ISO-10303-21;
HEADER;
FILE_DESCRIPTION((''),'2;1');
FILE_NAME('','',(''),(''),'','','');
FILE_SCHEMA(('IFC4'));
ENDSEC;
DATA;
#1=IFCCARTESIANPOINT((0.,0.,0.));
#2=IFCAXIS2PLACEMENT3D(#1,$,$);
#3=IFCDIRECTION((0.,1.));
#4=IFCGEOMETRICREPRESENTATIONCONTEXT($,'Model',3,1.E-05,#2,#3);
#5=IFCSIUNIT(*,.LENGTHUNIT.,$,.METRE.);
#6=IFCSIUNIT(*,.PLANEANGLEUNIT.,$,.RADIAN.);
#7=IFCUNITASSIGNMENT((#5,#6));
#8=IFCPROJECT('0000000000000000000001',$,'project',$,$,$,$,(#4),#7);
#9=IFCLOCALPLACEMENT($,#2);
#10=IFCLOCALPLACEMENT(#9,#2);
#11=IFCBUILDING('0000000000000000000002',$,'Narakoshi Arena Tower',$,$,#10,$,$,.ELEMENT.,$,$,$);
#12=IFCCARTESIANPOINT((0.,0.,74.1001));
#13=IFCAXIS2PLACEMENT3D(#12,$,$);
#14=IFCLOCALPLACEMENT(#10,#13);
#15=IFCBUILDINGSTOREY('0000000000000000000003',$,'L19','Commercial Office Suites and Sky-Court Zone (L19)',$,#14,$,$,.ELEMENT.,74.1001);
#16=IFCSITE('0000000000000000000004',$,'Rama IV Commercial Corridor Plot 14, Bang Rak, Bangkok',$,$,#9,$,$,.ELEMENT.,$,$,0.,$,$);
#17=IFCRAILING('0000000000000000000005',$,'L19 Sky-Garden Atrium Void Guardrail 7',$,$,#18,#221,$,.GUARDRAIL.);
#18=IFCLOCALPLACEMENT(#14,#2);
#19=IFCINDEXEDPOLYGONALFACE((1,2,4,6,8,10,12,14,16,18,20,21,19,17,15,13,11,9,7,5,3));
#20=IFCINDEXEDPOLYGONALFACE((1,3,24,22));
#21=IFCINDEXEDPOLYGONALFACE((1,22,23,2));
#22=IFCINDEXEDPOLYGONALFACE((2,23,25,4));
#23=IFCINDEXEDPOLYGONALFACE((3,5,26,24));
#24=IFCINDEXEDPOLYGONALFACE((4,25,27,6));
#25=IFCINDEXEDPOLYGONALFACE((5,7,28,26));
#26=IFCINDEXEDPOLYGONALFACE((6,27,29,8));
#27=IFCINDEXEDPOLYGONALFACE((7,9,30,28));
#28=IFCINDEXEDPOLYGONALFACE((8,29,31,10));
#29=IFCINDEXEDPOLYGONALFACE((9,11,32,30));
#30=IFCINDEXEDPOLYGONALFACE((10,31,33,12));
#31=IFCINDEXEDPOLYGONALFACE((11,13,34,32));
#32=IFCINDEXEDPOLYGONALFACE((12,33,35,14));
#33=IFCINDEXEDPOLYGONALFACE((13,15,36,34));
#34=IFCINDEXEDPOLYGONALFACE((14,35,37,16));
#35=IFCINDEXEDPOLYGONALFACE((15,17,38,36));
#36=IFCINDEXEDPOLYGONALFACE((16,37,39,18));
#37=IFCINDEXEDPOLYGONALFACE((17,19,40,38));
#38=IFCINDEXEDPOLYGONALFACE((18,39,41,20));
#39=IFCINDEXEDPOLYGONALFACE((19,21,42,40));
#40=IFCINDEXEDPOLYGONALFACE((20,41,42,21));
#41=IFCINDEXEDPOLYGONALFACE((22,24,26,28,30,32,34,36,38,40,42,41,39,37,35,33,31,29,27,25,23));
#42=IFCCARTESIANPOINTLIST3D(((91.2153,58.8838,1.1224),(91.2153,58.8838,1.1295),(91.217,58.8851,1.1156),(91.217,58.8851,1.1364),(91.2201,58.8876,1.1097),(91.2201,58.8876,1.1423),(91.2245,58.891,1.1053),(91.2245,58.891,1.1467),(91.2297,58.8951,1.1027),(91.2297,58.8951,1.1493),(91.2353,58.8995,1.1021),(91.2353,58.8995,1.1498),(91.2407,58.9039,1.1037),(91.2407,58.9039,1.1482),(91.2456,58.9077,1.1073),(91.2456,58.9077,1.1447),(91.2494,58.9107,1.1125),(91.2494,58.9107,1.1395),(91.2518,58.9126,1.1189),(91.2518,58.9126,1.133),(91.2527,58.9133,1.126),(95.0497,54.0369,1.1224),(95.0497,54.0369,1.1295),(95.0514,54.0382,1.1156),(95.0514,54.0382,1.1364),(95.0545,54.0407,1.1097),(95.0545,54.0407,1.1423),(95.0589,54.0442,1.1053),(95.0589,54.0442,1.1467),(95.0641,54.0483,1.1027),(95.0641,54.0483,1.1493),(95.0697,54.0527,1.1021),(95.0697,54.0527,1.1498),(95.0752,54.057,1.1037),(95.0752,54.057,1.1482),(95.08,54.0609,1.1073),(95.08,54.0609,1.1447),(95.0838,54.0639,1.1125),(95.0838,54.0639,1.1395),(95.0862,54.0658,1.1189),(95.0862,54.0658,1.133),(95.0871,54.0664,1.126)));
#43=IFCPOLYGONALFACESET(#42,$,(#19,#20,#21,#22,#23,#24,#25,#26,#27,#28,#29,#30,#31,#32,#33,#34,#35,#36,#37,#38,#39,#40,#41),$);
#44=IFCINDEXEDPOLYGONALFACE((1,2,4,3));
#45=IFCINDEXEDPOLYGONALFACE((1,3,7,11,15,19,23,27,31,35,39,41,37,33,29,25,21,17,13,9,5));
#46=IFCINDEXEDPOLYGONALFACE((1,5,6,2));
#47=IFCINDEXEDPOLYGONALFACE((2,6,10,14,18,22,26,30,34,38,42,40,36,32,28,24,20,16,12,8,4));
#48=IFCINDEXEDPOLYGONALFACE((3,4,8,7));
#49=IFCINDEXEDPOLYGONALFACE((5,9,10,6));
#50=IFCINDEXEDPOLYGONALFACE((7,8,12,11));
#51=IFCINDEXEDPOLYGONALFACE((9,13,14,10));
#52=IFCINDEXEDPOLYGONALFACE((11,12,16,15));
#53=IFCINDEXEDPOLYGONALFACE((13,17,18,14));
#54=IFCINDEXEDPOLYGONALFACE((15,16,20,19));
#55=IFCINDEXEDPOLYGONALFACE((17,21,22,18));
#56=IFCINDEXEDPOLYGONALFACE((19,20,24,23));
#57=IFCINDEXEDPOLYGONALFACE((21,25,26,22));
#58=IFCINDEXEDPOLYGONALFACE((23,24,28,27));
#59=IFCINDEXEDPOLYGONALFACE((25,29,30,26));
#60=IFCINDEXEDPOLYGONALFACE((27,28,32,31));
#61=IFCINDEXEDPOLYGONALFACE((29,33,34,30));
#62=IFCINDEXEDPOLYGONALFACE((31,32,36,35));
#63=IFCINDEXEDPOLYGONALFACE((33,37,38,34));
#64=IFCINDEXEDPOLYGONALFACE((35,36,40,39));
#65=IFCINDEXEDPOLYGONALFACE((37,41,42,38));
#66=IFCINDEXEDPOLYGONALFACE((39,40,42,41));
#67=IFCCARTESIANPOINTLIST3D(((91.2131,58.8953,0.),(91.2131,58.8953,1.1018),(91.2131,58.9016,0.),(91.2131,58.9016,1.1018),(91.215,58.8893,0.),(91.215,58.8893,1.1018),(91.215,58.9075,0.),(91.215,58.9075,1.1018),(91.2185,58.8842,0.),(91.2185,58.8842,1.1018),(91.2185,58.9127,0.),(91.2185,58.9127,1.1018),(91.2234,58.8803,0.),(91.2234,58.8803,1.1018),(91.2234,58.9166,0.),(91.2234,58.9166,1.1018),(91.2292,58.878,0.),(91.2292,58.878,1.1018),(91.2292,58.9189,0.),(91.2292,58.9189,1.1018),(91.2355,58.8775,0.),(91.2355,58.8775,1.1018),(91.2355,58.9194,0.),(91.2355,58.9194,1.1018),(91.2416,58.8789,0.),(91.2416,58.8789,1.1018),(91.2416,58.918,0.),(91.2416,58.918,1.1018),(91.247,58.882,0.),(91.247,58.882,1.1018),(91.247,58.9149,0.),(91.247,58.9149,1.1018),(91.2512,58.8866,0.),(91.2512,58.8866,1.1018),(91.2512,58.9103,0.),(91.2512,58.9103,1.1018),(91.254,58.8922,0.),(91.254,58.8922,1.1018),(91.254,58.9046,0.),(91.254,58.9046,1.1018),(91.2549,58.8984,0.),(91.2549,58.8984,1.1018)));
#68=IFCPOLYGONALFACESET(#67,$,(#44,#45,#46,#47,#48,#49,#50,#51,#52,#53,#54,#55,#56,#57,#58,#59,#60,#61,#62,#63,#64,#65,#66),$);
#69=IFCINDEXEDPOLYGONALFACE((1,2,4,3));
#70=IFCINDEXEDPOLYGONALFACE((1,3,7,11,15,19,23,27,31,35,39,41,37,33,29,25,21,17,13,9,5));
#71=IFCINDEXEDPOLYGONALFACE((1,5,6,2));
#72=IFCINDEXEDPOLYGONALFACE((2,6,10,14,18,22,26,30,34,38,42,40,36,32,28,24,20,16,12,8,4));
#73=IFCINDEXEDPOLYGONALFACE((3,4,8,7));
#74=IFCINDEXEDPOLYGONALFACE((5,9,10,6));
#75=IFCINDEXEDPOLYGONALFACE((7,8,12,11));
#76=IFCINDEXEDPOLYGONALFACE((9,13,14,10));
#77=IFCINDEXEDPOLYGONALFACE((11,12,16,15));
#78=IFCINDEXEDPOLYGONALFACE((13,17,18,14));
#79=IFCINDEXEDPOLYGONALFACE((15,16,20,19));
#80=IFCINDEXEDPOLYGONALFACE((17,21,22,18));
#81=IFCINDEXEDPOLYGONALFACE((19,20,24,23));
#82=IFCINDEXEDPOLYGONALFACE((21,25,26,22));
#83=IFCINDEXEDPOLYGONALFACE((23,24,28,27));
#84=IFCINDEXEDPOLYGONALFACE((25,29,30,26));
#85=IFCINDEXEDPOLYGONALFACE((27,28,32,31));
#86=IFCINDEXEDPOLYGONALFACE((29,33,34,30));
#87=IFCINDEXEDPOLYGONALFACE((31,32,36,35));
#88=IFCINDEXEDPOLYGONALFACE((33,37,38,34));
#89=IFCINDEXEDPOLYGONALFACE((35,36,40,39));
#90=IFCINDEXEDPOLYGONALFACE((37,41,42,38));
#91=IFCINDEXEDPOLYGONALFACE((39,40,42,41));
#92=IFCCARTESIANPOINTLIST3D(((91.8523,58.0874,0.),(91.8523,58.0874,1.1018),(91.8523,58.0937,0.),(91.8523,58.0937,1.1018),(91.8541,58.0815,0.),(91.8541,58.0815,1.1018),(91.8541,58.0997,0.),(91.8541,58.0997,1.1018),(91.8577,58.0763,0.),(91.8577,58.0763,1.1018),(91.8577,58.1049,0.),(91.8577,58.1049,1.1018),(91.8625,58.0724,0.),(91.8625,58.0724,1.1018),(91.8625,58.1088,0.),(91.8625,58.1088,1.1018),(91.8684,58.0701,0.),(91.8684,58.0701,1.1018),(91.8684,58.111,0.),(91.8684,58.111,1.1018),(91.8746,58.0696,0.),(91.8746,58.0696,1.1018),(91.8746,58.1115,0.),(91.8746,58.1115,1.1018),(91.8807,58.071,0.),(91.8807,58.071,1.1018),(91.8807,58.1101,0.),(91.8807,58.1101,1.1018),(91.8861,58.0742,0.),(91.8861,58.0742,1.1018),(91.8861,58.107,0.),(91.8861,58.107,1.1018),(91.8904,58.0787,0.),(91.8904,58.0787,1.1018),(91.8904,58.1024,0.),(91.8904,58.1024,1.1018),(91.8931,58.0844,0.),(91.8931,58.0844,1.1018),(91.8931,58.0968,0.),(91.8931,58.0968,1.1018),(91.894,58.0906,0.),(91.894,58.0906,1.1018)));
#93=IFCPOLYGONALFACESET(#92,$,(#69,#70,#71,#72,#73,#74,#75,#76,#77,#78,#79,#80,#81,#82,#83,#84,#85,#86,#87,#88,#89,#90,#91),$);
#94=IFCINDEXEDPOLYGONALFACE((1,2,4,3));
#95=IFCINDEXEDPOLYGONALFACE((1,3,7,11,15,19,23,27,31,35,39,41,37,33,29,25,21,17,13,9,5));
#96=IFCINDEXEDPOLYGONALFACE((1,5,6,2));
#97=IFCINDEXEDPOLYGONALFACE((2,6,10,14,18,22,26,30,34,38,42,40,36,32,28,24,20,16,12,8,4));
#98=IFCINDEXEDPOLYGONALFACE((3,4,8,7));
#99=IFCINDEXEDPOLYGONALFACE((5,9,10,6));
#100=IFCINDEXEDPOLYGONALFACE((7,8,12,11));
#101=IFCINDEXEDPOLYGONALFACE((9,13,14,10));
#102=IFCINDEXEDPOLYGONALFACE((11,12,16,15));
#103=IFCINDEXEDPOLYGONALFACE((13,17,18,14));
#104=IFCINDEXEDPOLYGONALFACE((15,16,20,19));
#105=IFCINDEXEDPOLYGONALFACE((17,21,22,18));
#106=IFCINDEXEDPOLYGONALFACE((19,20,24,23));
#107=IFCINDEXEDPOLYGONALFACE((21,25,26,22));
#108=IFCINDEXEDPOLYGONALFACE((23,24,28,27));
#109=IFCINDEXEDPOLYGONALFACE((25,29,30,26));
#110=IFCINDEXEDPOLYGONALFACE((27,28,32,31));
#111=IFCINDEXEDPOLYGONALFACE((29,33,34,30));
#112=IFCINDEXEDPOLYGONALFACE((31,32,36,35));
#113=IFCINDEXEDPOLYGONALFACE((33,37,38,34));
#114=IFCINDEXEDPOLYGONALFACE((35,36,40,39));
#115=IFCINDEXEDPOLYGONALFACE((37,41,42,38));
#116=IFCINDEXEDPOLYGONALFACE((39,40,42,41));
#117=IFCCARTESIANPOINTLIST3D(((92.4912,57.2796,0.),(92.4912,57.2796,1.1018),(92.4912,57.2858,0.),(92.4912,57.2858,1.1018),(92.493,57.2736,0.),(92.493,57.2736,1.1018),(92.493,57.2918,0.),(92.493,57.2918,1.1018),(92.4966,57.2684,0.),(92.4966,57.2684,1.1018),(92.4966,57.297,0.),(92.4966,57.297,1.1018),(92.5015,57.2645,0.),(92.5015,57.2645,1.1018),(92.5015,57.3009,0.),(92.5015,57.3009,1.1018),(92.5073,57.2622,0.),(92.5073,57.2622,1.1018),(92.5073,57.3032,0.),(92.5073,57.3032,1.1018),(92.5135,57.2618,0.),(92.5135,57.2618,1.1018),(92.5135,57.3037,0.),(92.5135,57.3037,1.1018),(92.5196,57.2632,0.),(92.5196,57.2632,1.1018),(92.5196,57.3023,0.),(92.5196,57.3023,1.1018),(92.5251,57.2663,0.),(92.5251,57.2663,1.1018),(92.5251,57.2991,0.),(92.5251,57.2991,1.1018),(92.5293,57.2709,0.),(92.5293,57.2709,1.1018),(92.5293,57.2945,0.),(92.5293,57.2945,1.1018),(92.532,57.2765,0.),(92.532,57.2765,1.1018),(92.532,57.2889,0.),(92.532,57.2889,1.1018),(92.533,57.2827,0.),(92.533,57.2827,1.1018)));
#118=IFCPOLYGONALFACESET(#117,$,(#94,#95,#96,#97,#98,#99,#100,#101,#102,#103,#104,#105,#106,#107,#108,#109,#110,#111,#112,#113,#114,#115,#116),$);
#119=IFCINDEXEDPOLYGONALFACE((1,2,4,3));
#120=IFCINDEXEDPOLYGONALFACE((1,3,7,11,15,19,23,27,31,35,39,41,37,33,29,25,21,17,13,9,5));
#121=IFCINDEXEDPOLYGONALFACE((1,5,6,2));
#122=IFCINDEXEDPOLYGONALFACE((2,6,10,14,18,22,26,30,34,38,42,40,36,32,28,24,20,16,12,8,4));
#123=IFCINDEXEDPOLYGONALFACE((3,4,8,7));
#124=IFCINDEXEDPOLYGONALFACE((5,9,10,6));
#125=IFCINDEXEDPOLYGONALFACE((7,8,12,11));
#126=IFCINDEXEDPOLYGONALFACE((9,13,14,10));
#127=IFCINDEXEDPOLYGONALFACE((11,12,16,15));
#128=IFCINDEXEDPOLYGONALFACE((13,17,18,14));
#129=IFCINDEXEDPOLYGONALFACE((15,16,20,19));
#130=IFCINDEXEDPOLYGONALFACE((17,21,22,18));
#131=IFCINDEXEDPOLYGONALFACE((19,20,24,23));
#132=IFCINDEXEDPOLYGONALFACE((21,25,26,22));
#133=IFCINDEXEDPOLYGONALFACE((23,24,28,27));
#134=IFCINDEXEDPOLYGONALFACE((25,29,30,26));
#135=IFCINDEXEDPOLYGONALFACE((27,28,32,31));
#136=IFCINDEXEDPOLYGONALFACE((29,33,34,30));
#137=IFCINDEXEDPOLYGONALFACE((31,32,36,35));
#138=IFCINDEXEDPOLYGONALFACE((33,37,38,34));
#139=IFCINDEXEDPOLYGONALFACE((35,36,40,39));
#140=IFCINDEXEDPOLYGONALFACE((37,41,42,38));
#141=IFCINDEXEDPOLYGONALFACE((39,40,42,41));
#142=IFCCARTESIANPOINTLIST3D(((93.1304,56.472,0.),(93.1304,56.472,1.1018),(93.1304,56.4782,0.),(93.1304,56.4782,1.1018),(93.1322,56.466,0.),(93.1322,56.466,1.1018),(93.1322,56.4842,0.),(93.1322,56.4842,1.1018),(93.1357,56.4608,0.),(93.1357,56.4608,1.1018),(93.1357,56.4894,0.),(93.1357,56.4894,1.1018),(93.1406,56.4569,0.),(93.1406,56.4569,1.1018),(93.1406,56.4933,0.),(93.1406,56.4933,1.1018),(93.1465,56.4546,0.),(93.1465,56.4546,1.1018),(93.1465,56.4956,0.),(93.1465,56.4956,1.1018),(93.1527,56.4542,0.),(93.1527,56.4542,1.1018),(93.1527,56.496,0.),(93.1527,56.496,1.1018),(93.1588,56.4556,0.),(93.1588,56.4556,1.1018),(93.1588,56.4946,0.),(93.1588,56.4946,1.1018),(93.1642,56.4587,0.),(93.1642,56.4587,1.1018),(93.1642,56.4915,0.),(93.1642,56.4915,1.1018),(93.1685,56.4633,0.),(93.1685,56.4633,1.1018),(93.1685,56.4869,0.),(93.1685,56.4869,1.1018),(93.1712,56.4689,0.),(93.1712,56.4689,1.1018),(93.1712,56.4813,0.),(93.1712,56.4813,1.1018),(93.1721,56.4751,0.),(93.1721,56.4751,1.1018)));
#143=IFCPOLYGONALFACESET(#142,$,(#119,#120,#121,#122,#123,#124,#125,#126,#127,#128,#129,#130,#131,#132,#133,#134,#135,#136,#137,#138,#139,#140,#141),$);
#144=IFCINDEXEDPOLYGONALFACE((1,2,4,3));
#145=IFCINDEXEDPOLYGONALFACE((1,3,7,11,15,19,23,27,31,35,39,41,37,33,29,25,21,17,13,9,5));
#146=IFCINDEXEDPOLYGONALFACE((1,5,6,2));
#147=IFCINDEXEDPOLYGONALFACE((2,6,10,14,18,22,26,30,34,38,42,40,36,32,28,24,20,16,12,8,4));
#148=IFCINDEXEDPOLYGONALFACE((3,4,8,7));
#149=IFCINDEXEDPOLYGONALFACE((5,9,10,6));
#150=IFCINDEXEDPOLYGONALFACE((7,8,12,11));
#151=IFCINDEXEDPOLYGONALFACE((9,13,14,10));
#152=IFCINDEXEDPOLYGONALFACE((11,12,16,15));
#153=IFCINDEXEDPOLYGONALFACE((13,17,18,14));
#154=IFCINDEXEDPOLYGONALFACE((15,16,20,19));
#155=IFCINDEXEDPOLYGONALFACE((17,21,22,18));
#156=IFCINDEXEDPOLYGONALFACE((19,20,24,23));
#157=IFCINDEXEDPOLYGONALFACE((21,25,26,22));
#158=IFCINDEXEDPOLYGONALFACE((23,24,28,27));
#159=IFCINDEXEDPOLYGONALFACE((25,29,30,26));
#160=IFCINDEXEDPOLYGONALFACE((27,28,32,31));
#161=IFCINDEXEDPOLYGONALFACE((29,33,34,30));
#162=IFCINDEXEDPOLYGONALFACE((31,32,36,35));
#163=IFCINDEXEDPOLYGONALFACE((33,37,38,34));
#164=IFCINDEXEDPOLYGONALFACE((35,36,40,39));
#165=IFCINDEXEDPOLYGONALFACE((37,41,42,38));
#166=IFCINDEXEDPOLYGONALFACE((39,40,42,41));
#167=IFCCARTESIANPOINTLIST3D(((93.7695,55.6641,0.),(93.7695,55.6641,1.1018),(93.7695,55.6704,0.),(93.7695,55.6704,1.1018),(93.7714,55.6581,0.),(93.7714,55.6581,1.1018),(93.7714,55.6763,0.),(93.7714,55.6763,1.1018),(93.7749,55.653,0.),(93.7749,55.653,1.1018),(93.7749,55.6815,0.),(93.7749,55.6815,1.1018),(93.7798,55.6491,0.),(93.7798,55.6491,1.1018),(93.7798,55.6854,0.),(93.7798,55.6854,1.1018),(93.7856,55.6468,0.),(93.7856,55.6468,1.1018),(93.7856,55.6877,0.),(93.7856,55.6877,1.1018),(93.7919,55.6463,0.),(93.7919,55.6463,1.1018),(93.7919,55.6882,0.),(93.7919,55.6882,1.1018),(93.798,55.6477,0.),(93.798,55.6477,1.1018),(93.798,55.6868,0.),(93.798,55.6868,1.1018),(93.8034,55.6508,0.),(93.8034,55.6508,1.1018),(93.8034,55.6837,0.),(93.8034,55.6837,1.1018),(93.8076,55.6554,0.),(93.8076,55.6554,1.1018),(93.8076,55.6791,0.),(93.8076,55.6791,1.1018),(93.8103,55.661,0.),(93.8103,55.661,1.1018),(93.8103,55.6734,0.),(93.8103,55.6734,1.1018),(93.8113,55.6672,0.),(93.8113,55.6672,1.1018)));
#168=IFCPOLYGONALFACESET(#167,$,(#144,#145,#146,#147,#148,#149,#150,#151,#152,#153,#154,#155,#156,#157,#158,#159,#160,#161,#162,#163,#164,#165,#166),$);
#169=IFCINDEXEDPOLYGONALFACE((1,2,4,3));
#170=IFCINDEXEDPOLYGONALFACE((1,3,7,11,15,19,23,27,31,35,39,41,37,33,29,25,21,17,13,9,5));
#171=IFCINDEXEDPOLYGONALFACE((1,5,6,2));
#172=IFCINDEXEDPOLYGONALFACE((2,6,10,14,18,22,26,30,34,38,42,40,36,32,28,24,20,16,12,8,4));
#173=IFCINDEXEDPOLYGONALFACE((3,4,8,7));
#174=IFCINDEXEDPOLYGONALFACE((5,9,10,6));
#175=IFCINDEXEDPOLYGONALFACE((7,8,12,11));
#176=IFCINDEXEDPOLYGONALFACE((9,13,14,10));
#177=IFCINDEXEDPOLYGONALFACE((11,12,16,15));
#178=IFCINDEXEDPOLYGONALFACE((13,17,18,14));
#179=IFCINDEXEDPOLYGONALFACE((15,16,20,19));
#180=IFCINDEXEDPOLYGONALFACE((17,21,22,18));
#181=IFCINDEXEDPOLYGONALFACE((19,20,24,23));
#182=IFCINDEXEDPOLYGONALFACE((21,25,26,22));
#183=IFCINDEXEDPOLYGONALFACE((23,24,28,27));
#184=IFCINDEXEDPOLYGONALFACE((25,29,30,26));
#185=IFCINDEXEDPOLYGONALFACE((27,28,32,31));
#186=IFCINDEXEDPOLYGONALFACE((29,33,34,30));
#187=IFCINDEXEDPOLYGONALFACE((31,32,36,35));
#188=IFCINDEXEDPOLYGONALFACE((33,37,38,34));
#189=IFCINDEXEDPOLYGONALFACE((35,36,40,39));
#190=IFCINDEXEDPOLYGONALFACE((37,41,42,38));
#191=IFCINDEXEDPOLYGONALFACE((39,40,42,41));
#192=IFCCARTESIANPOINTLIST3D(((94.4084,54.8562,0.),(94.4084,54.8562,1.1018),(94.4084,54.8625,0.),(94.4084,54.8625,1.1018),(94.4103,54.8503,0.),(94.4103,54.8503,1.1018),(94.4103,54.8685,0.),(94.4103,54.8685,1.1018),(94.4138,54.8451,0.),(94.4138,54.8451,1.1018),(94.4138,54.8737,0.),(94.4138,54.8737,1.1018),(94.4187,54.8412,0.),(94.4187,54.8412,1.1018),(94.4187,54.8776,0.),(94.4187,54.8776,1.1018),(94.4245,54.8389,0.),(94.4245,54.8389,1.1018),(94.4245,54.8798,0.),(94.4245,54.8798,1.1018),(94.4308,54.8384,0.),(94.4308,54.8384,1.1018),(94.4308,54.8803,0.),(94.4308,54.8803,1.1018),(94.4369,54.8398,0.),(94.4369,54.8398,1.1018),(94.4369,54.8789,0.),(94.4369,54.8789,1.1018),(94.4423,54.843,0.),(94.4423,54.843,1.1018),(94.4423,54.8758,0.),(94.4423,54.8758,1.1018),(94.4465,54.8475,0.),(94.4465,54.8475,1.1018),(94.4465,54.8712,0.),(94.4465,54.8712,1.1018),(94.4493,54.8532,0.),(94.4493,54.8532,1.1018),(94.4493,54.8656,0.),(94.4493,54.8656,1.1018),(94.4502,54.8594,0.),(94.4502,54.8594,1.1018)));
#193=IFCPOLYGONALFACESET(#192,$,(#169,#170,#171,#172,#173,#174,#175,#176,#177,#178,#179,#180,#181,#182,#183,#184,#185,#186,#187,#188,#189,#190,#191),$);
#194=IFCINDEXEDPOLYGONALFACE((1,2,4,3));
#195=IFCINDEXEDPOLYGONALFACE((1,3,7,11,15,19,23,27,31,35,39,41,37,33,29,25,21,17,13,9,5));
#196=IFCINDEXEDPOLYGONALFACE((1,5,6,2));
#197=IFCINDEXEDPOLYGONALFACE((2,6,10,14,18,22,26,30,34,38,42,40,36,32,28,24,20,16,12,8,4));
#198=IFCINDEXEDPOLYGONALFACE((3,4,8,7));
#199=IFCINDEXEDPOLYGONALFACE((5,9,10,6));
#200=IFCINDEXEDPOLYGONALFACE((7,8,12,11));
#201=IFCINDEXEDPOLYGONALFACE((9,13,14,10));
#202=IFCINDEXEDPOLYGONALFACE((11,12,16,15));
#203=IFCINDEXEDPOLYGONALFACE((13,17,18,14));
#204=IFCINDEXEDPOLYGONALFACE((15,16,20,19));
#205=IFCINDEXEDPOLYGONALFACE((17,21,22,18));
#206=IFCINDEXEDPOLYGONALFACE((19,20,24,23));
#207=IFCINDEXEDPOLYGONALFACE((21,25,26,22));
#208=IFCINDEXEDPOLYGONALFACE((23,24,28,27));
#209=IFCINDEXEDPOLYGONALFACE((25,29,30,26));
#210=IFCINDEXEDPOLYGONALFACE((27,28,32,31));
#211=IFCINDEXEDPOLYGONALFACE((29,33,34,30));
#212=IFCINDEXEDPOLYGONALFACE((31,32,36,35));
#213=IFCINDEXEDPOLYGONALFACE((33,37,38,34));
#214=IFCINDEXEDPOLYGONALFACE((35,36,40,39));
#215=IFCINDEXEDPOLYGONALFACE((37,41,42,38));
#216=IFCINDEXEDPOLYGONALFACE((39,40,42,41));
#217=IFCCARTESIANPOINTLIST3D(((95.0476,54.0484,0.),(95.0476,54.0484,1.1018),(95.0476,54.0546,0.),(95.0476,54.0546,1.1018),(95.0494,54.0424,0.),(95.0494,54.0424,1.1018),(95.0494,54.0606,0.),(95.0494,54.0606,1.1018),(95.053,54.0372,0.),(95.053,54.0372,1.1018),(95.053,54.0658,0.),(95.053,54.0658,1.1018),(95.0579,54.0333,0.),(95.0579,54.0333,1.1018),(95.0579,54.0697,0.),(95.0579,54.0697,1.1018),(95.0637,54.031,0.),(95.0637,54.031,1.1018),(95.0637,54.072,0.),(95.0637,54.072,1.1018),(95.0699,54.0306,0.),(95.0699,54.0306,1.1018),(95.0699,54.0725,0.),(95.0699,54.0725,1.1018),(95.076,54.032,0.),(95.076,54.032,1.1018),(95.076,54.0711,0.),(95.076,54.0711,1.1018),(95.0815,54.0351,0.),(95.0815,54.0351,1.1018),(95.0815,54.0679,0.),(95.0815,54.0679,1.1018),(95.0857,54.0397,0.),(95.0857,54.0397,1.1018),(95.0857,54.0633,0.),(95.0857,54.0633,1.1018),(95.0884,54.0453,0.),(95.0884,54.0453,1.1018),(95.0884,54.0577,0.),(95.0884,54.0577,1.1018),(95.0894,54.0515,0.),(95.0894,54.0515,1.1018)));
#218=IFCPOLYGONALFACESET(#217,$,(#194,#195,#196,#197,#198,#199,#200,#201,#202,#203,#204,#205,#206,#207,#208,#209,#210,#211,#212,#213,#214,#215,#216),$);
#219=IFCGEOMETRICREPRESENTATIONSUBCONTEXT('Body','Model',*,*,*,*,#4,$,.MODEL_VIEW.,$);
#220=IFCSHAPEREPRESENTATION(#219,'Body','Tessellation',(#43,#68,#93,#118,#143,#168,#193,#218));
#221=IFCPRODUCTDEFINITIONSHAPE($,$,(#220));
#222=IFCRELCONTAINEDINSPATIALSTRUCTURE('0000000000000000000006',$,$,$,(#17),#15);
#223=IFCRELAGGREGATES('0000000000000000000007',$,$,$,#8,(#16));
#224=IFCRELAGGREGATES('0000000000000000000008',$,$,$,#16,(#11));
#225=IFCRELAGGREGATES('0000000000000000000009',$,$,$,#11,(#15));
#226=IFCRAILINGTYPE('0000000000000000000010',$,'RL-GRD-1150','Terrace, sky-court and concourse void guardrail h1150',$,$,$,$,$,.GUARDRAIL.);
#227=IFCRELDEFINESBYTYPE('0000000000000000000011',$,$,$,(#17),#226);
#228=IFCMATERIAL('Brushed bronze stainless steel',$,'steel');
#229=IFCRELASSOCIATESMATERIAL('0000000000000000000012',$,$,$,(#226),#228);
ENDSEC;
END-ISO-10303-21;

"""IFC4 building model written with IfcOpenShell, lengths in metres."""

from ifc_helpers import new_model, si_unit, direction, frame, origin, origin_2d, place, context, subcontext, project, spatial, circle, extrude, material, type_object, element, save


model = new_model("IFC4")

# Units and contexts
model_context = context("Model", 3, precision=1e-05, world=origin(), true_north=direction((0.0, 1.0)))
body_context = subcontext(model_context, "Body", "Model", "MODEL_VIEW")
ifc_project = project(units=[si_unit("LENGTHUNIT", "METRE"), si_unit("PLANEANGLEUNIT", "RADIAN")], contexts=[model_context])

# Site, building, storey
site_placement = place(None, origin())
site = spatial("IfcSite", under=ifc_project, at=site_placement, Name="Rama IV Commercial Corridor Plot 14, Bang Rak, Bangkok", CompositionType="ELEMENT", RefElevation=0.0)
building_placement = place(site_placement, origin())
building = spatial("IfcBuilding", under=site, at=building_placement, Name="Narakoshi Arena Tower", CompositionType="ELEMENT")
storey_placement = place(building_placement, frame((0.0, 0.0, 74.1001)))
storey = spatial("IfcBuildingStorey", under=building, at=storey_placement, Name="L19", Description="Commercial Office Suites and Sky-Court Zone (L19)", CompositionType="ELEMENT", Elevation=74.1001)

# Railing
ifc_material_1 = material(Name="Brushed bronze stainless steel", Category="steel")
railing_type = type_object("IfcRailingType", Name="RL-GRD-1150", Description="Terrace, sky-court and concourse void guardrail h1150", PredefinedType="GUARDRAIL", material=ifc_material_1)
railing_1_placement = place(storey_placement, frame((91.2339, 58.8984, 0.0)))
element("IfcRailing", 1, at=railing_1_placement, inside=storey, type_object=railing_type, Name="L19 Sky-Garden Atrium Void Guardrail 7", PredefinedType="GUARDRAIL", context=body_context, shape_type="SweptSolid", body=[
    extrude(circle(Radius=0.0239, at=origin_2d()), frame((0.0, 0.0, 1.126), z_axis=(0.620437, -0.784256, 0.0), x_axis=(0.784256, 0.620437, 0.0)), (0.0, 0.0, 1.0), 6.1802),
    extrude(circle(Radius=0.021, at=origin_2d()), origin(), (0.0, 0.0, 1.0), 1.1018),
    extrude(circle(Radius=0.021, at=origin_2d()), frame((0.6392, -0.8079, 0.0)), (0.0, 0.0, 1.0), 1.1018),
    extrude(circle(Radius=0.021, at=origin_2d()), frame((1.2781, -1.6157, 0.0)), (0.0, 0.0, 1.0), 1.1018),
    extrude(circle(Radius=0.021, at=origin_2d()), frame((1.9172, -2.4233, 0.0)), (0.0, 0.0, 1.0), 1.1018),
    extrude(circle(Radius=0.021, at=origin_2d()), frame((2.5564, -3.2312, 0.0)), (0.0, 0.0, 1.0), 1.1018),
    extrude(circle(Radius=0.021, at=origin_2d()), frame((3.1953, -4.0391, 0.0)), (0.0, 0.0, 1.0), 1.1018),
    extrude(circle(Radius=0.021, at=origin_2d()), frame((3.8345, -4.8469, 0.0)), (0.0, 0.0, 1.0), 1.1018),
])

save(model, "model.ifc")
